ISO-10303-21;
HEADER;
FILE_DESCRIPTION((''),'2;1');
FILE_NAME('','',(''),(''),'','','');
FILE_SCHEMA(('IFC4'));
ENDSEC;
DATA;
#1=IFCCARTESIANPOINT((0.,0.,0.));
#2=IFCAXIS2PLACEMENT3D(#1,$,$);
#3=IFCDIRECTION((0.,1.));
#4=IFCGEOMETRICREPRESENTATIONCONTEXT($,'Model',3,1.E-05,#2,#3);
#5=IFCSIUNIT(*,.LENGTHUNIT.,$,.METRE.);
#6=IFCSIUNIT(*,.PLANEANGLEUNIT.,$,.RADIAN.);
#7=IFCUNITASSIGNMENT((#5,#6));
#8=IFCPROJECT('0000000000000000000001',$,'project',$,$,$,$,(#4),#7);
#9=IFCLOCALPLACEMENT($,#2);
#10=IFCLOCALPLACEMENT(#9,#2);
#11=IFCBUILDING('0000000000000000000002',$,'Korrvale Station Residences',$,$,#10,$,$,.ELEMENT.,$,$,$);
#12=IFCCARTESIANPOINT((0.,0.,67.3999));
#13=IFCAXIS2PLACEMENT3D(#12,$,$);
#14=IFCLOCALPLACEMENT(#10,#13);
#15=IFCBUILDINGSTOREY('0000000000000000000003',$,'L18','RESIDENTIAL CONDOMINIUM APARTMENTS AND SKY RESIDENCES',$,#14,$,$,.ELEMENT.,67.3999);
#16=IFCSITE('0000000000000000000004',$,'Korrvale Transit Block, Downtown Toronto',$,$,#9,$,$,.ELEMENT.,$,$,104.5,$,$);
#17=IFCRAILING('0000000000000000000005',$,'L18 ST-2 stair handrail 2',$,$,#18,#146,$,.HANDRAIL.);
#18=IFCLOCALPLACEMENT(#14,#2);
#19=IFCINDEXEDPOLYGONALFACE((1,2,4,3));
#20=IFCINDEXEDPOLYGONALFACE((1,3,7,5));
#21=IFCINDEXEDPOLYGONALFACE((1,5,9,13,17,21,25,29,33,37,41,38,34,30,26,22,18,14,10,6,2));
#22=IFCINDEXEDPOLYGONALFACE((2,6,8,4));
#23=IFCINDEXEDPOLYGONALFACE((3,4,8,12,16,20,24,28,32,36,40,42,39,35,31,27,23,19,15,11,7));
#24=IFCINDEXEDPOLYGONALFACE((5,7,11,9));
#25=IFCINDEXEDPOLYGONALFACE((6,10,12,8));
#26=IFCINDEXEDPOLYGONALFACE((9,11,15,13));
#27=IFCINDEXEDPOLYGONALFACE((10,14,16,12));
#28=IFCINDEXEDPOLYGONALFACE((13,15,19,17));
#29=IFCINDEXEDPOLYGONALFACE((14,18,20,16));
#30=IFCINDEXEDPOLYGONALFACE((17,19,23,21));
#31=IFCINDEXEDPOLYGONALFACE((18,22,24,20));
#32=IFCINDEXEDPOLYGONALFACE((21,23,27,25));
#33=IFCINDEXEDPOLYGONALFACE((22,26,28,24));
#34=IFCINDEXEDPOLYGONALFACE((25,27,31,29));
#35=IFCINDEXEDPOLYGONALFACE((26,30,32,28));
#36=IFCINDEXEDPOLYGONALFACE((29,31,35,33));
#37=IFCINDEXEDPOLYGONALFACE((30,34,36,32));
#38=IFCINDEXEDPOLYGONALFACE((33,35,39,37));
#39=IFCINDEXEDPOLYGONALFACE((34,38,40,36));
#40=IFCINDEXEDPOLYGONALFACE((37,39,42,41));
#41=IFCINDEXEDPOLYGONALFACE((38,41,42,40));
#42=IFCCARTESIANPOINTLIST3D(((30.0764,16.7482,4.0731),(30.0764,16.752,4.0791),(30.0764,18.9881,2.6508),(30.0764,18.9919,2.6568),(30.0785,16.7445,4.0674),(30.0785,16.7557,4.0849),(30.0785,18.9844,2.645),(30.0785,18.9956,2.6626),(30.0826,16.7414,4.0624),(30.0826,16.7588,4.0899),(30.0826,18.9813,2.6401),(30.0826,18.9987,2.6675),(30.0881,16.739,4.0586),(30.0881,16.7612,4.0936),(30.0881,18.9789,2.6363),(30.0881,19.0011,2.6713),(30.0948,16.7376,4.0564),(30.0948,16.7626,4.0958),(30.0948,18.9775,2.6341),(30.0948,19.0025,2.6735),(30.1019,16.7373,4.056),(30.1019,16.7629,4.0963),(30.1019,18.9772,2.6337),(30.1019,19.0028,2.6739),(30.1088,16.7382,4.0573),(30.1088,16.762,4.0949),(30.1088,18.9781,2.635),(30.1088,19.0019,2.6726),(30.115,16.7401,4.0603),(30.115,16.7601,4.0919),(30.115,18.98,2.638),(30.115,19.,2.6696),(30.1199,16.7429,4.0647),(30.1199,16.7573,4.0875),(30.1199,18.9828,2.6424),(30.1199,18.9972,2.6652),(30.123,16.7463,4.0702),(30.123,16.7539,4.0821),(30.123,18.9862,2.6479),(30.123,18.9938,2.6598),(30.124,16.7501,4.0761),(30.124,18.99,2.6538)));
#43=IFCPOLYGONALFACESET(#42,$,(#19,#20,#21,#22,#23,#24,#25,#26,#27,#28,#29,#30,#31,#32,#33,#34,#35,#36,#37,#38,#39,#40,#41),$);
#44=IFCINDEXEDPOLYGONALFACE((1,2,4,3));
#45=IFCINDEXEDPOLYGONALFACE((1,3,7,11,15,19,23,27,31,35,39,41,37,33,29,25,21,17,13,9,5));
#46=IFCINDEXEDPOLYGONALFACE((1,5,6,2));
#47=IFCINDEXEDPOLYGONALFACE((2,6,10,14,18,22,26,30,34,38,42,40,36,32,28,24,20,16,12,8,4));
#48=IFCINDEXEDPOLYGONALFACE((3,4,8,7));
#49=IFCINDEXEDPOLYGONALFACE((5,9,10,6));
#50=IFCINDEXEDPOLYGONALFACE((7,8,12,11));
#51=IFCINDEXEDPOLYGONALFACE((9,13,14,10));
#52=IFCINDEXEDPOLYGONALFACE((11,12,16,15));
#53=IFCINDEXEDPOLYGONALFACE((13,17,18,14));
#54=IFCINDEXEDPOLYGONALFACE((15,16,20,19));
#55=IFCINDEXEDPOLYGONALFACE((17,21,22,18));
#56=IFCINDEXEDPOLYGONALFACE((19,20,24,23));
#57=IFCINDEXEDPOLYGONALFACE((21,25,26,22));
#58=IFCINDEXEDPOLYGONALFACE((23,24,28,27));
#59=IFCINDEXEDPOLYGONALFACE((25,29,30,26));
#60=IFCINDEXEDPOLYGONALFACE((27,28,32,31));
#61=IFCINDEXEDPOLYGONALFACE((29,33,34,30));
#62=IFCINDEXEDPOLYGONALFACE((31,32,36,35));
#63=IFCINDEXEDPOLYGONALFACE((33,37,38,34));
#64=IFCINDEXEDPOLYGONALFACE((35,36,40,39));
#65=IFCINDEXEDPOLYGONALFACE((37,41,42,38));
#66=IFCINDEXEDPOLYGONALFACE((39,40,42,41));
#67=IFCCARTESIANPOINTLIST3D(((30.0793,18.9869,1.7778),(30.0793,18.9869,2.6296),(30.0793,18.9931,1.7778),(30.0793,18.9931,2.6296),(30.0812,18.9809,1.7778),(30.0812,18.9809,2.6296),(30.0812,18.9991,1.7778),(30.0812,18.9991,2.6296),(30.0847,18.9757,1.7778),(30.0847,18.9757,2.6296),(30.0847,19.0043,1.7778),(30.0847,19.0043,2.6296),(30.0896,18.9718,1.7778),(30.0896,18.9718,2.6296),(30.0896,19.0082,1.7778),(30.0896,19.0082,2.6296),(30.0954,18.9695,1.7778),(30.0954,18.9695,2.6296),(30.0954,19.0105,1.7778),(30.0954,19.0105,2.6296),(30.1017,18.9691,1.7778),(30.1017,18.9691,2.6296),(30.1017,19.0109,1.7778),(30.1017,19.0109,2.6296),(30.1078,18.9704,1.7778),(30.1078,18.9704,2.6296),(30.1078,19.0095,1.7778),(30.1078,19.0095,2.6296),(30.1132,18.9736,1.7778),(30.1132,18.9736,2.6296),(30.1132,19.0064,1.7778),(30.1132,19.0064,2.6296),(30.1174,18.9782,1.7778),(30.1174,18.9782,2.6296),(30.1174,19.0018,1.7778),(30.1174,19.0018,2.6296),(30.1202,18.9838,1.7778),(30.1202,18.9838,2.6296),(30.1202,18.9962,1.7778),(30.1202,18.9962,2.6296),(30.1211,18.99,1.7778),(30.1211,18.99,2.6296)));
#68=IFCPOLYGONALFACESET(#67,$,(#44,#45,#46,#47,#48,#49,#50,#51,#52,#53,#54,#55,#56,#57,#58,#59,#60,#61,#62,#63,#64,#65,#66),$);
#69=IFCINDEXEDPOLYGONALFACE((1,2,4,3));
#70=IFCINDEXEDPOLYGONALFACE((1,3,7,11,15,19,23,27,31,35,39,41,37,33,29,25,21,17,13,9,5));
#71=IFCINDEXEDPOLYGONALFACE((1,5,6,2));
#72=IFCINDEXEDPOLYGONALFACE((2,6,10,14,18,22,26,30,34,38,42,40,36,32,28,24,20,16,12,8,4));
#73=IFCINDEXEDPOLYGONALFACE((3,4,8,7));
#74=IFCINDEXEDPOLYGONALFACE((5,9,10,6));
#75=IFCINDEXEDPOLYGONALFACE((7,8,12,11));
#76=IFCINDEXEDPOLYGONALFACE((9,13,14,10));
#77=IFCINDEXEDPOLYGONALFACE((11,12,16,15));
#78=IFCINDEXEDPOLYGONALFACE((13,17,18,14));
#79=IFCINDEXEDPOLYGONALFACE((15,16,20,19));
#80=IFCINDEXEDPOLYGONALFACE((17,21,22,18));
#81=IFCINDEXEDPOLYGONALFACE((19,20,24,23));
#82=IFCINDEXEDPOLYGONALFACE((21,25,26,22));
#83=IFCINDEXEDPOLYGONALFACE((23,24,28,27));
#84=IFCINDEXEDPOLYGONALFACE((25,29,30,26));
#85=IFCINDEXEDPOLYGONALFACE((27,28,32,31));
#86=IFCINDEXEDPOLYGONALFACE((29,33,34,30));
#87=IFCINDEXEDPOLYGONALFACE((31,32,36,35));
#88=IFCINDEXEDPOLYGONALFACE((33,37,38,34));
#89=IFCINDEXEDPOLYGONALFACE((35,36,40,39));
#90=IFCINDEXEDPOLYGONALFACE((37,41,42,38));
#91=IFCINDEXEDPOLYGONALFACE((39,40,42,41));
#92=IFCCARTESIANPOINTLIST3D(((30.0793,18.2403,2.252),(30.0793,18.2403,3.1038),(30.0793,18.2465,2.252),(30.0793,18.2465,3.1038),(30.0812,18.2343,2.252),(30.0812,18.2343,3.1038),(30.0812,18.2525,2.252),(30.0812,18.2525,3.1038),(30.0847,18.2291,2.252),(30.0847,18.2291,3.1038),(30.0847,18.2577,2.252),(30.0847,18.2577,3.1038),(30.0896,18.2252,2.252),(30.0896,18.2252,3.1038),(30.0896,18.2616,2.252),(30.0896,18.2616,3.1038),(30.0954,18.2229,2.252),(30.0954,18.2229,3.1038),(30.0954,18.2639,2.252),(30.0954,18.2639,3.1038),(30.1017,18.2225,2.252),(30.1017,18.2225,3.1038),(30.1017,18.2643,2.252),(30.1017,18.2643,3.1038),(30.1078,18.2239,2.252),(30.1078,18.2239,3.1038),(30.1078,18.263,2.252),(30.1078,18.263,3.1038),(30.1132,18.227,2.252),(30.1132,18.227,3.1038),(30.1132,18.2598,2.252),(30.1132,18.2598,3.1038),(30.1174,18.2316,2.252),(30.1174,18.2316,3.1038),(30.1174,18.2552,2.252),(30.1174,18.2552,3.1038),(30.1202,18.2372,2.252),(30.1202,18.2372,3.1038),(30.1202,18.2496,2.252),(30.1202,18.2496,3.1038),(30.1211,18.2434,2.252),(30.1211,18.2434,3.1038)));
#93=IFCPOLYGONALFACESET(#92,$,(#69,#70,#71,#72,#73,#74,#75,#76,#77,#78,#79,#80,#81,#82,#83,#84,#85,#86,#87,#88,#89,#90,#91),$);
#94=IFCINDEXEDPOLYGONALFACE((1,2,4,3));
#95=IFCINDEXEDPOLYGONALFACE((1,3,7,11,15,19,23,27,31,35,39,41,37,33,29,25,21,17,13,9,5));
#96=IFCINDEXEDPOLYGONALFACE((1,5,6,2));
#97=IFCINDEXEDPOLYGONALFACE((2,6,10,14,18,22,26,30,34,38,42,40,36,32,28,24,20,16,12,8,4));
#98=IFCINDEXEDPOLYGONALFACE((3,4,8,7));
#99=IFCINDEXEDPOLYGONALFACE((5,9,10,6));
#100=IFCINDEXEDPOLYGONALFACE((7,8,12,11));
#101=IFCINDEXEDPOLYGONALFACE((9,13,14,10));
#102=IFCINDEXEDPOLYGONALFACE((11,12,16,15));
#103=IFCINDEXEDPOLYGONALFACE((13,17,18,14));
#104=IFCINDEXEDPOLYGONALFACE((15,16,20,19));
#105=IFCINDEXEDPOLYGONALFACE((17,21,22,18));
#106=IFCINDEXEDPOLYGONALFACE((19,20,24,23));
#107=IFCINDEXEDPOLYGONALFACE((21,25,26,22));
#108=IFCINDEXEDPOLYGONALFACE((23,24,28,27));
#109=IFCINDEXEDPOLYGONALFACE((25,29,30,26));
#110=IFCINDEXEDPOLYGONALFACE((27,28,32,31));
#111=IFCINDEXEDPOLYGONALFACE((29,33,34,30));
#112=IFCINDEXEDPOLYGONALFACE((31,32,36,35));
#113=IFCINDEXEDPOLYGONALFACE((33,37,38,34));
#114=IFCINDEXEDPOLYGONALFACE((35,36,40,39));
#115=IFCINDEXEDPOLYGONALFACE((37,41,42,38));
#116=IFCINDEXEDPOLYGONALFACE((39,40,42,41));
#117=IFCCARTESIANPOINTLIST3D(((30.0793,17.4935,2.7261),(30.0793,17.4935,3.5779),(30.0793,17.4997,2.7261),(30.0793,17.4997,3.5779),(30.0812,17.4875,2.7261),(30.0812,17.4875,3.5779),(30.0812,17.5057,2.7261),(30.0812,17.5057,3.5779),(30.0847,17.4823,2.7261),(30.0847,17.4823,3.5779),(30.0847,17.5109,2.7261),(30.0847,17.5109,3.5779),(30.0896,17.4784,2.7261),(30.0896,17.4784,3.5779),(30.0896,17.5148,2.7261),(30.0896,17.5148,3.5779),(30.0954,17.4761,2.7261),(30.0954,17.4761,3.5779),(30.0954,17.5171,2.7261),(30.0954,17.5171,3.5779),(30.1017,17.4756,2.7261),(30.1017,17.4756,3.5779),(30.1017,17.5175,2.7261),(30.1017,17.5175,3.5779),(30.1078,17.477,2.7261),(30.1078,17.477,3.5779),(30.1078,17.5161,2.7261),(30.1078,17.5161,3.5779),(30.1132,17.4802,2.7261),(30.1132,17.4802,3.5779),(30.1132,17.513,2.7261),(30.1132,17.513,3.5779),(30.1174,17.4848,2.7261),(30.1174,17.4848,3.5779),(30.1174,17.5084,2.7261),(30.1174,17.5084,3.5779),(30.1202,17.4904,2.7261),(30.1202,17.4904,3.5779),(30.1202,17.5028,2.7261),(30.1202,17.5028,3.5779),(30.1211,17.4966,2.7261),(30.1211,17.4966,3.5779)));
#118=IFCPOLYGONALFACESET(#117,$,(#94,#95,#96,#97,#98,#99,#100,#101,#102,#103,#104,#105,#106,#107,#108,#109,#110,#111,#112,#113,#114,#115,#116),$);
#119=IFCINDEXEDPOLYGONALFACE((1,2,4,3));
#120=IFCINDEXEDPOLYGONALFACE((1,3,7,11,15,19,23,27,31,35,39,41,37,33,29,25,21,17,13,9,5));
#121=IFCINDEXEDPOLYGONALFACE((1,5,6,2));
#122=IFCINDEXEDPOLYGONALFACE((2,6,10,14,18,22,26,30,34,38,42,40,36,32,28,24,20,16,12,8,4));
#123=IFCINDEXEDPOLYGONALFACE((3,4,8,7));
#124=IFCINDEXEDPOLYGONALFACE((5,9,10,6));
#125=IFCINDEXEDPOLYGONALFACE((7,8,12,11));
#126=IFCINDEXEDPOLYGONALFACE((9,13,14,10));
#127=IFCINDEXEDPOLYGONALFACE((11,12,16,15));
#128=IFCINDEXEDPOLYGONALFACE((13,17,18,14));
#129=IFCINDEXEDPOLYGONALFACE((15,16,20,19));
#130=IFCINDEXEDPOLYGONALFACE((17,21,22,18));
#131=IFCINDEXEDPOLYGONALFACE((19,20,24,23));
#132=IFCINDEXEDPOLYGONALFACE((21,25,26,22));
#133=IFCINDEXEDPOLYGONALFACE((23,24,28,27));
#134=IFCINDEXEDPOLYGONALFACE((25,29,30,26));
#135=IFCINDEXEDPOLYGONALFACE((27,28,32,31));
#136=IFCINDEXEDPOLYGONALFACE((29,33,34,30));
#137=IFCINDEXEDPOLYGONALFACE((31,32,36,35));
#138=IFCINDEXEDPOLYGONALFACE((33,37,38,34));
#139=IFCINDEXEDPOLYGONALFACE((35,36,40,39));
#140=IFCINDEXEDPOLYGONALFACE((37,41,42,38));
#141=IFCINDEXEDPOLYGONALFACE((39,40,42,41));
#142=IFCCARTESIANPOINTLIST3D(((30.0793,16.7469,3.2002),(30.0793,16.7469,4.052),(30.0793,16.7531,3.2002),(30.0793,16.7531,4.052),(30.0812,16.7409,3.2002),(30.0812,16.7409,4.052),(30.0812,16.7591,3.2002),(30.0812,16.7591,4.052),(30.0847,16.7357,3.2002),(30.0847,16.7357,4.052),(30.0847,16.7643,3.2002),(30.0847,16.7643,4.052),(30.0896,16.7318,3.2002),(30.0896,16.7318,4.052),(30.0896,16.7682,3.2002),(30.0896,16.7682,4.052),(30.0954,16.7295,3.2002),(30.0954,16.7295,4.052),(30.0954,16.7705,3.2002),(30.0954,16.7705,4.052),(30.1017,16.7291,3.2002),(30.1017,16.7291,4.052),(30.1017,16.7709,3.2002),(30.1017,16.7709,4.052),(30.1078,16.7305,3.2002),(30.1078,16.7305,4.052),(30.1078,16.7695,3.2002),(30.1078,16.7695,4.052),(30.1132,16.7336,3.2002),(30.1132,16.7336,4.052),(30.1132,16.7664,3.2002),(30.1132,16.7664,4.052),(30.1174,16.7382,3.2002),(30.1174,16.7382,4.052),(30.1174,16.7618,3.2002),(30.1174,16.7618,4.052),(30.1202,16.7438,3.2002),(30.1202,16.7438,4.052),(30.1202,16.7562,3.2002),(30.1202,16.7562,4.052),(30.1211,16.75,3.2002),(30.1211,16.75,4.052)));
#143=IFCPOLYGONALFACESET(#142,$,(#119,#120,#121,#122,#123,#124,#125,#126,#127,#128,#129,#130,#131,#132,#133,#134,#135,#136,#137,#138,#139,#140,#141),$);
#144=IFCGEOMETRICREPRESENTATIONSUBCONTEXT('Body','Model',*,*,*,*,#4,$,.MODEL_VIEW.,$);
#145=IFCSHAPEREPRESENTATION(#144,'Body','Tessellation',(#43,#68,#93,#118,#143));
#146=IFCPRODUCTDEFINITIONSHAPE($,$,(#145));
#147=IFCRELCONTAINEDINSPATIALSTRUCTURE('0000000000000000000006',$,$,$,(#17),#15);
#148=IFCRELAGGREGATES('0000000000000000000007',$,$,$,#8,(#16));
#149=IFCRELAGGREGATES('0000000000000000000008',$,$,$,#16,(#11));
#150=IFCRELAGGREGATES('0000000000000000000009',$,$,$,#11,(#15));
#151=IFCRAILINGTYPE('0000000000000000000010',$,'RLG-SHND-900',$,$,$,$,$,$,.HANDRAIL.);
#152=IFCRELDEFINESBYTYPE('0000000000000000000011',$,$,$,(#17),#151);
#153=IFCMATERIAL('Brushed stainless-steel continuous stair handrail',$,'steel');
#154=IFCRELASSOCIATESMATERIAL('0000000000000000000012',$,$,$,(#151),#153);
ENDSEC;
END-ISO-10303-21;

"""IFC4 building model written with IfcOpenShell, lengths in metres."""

from ifc_helpers import new_model, si_unit, direction, frame, origin, origin_2d, place, context, subcontext, project, spatial, circle, extrude, material, type_object, element, save


model = new_model("IFC4")

# Units and contexts
model_context = context("Model", 3, precision=1e-05, world=origin(), true_north=direction((0.0, 1.0)))
body_context = subcontext(model_context, "Body", "Model", "MODEL_VIEW")
ifc_project = project(units=[si_unit("LENGTHUNIT", "METRE"), si_unit("PLANEANGLEUNIT", "RADIAN")], contexts=[model_context])

# Site, building, storey
site_placement = place(None, origin())
site = spatial("IfcSite", under=ifc_project, at=site_placement, Name="Korrvale Transit Block, Downtown Toronto", CompositionType="ELEMENT", RefElevation=104.5)
building_placement = place(site_placement, origin())
building = spatial("IfcBuilding", under=site, at=building_placement, Name="Korrvale Station Residences", CompositionType="ELEMENT")
storey_placement = place(building_placement, frame((0.0, 0.0, 67.3999)))
storey = spatial("IfcBuildingStorey", under=building, at=storey_placement, Name="L18", Description="RESIDENTIAL CONDOMINIUM APARTMENTS AND SKY RESIDENCES", CompositionType="ELEMENT", Elevation=67.3999)

# Railing
ifc_material_1 = material(Name="Brushed stainless-steel continuous stair handrail", Category="steel")
railing_type_1 = type_object("IfcRailingType", Name="RLG-SHND-900", PredefinedType="HANDRAIL", material=ifc_material_1)
railing_1_placement = place(storey_placement, frame((30.1001, 18.99, 1.7778)))
element("IfcRailing", 1, at=railing_1_placement, inside=storey, type_object=railing_type_1, Name="L18 ST-2 stair handrail 2", PredefinedType="HANDRAIL", context=body_context, shape_type="SweptSolid", body=[
    extrude(circle(Radius=0.0239, at=origin_2d()), frame((0.0, 0.0, 0.876), z_axis=(0.0, -0.844188, 0.536048), x_axis=(1.0, 0.0, 0.0)), (0.0, 0.0, 1.0), 2.6533),
    extrude(circle(Radius=0.021, at=origin_2d()), origin(), (0.0, 0.0, 1.0), 0.8518),
    extrude(circle(Radius=0.021, at=origin_2d()), frame((0.0, -0.7466, 0.4741)), (0.0, 0.0, 1.0), 0.8518),
    extrude(circle(Radius=0.021, at=origin_2d()), frame((0.0, -1.4934, 0.9482)), (0.0, 0.0, 1.0), 0.8518),
    extrude(circle(Radius=0.021, at=origin_2d()), frame((0.0, -2.24, 1.4224)), (0.0, 0.0, 1.0), 0.8518),
])

save(model, "model.ifc")
